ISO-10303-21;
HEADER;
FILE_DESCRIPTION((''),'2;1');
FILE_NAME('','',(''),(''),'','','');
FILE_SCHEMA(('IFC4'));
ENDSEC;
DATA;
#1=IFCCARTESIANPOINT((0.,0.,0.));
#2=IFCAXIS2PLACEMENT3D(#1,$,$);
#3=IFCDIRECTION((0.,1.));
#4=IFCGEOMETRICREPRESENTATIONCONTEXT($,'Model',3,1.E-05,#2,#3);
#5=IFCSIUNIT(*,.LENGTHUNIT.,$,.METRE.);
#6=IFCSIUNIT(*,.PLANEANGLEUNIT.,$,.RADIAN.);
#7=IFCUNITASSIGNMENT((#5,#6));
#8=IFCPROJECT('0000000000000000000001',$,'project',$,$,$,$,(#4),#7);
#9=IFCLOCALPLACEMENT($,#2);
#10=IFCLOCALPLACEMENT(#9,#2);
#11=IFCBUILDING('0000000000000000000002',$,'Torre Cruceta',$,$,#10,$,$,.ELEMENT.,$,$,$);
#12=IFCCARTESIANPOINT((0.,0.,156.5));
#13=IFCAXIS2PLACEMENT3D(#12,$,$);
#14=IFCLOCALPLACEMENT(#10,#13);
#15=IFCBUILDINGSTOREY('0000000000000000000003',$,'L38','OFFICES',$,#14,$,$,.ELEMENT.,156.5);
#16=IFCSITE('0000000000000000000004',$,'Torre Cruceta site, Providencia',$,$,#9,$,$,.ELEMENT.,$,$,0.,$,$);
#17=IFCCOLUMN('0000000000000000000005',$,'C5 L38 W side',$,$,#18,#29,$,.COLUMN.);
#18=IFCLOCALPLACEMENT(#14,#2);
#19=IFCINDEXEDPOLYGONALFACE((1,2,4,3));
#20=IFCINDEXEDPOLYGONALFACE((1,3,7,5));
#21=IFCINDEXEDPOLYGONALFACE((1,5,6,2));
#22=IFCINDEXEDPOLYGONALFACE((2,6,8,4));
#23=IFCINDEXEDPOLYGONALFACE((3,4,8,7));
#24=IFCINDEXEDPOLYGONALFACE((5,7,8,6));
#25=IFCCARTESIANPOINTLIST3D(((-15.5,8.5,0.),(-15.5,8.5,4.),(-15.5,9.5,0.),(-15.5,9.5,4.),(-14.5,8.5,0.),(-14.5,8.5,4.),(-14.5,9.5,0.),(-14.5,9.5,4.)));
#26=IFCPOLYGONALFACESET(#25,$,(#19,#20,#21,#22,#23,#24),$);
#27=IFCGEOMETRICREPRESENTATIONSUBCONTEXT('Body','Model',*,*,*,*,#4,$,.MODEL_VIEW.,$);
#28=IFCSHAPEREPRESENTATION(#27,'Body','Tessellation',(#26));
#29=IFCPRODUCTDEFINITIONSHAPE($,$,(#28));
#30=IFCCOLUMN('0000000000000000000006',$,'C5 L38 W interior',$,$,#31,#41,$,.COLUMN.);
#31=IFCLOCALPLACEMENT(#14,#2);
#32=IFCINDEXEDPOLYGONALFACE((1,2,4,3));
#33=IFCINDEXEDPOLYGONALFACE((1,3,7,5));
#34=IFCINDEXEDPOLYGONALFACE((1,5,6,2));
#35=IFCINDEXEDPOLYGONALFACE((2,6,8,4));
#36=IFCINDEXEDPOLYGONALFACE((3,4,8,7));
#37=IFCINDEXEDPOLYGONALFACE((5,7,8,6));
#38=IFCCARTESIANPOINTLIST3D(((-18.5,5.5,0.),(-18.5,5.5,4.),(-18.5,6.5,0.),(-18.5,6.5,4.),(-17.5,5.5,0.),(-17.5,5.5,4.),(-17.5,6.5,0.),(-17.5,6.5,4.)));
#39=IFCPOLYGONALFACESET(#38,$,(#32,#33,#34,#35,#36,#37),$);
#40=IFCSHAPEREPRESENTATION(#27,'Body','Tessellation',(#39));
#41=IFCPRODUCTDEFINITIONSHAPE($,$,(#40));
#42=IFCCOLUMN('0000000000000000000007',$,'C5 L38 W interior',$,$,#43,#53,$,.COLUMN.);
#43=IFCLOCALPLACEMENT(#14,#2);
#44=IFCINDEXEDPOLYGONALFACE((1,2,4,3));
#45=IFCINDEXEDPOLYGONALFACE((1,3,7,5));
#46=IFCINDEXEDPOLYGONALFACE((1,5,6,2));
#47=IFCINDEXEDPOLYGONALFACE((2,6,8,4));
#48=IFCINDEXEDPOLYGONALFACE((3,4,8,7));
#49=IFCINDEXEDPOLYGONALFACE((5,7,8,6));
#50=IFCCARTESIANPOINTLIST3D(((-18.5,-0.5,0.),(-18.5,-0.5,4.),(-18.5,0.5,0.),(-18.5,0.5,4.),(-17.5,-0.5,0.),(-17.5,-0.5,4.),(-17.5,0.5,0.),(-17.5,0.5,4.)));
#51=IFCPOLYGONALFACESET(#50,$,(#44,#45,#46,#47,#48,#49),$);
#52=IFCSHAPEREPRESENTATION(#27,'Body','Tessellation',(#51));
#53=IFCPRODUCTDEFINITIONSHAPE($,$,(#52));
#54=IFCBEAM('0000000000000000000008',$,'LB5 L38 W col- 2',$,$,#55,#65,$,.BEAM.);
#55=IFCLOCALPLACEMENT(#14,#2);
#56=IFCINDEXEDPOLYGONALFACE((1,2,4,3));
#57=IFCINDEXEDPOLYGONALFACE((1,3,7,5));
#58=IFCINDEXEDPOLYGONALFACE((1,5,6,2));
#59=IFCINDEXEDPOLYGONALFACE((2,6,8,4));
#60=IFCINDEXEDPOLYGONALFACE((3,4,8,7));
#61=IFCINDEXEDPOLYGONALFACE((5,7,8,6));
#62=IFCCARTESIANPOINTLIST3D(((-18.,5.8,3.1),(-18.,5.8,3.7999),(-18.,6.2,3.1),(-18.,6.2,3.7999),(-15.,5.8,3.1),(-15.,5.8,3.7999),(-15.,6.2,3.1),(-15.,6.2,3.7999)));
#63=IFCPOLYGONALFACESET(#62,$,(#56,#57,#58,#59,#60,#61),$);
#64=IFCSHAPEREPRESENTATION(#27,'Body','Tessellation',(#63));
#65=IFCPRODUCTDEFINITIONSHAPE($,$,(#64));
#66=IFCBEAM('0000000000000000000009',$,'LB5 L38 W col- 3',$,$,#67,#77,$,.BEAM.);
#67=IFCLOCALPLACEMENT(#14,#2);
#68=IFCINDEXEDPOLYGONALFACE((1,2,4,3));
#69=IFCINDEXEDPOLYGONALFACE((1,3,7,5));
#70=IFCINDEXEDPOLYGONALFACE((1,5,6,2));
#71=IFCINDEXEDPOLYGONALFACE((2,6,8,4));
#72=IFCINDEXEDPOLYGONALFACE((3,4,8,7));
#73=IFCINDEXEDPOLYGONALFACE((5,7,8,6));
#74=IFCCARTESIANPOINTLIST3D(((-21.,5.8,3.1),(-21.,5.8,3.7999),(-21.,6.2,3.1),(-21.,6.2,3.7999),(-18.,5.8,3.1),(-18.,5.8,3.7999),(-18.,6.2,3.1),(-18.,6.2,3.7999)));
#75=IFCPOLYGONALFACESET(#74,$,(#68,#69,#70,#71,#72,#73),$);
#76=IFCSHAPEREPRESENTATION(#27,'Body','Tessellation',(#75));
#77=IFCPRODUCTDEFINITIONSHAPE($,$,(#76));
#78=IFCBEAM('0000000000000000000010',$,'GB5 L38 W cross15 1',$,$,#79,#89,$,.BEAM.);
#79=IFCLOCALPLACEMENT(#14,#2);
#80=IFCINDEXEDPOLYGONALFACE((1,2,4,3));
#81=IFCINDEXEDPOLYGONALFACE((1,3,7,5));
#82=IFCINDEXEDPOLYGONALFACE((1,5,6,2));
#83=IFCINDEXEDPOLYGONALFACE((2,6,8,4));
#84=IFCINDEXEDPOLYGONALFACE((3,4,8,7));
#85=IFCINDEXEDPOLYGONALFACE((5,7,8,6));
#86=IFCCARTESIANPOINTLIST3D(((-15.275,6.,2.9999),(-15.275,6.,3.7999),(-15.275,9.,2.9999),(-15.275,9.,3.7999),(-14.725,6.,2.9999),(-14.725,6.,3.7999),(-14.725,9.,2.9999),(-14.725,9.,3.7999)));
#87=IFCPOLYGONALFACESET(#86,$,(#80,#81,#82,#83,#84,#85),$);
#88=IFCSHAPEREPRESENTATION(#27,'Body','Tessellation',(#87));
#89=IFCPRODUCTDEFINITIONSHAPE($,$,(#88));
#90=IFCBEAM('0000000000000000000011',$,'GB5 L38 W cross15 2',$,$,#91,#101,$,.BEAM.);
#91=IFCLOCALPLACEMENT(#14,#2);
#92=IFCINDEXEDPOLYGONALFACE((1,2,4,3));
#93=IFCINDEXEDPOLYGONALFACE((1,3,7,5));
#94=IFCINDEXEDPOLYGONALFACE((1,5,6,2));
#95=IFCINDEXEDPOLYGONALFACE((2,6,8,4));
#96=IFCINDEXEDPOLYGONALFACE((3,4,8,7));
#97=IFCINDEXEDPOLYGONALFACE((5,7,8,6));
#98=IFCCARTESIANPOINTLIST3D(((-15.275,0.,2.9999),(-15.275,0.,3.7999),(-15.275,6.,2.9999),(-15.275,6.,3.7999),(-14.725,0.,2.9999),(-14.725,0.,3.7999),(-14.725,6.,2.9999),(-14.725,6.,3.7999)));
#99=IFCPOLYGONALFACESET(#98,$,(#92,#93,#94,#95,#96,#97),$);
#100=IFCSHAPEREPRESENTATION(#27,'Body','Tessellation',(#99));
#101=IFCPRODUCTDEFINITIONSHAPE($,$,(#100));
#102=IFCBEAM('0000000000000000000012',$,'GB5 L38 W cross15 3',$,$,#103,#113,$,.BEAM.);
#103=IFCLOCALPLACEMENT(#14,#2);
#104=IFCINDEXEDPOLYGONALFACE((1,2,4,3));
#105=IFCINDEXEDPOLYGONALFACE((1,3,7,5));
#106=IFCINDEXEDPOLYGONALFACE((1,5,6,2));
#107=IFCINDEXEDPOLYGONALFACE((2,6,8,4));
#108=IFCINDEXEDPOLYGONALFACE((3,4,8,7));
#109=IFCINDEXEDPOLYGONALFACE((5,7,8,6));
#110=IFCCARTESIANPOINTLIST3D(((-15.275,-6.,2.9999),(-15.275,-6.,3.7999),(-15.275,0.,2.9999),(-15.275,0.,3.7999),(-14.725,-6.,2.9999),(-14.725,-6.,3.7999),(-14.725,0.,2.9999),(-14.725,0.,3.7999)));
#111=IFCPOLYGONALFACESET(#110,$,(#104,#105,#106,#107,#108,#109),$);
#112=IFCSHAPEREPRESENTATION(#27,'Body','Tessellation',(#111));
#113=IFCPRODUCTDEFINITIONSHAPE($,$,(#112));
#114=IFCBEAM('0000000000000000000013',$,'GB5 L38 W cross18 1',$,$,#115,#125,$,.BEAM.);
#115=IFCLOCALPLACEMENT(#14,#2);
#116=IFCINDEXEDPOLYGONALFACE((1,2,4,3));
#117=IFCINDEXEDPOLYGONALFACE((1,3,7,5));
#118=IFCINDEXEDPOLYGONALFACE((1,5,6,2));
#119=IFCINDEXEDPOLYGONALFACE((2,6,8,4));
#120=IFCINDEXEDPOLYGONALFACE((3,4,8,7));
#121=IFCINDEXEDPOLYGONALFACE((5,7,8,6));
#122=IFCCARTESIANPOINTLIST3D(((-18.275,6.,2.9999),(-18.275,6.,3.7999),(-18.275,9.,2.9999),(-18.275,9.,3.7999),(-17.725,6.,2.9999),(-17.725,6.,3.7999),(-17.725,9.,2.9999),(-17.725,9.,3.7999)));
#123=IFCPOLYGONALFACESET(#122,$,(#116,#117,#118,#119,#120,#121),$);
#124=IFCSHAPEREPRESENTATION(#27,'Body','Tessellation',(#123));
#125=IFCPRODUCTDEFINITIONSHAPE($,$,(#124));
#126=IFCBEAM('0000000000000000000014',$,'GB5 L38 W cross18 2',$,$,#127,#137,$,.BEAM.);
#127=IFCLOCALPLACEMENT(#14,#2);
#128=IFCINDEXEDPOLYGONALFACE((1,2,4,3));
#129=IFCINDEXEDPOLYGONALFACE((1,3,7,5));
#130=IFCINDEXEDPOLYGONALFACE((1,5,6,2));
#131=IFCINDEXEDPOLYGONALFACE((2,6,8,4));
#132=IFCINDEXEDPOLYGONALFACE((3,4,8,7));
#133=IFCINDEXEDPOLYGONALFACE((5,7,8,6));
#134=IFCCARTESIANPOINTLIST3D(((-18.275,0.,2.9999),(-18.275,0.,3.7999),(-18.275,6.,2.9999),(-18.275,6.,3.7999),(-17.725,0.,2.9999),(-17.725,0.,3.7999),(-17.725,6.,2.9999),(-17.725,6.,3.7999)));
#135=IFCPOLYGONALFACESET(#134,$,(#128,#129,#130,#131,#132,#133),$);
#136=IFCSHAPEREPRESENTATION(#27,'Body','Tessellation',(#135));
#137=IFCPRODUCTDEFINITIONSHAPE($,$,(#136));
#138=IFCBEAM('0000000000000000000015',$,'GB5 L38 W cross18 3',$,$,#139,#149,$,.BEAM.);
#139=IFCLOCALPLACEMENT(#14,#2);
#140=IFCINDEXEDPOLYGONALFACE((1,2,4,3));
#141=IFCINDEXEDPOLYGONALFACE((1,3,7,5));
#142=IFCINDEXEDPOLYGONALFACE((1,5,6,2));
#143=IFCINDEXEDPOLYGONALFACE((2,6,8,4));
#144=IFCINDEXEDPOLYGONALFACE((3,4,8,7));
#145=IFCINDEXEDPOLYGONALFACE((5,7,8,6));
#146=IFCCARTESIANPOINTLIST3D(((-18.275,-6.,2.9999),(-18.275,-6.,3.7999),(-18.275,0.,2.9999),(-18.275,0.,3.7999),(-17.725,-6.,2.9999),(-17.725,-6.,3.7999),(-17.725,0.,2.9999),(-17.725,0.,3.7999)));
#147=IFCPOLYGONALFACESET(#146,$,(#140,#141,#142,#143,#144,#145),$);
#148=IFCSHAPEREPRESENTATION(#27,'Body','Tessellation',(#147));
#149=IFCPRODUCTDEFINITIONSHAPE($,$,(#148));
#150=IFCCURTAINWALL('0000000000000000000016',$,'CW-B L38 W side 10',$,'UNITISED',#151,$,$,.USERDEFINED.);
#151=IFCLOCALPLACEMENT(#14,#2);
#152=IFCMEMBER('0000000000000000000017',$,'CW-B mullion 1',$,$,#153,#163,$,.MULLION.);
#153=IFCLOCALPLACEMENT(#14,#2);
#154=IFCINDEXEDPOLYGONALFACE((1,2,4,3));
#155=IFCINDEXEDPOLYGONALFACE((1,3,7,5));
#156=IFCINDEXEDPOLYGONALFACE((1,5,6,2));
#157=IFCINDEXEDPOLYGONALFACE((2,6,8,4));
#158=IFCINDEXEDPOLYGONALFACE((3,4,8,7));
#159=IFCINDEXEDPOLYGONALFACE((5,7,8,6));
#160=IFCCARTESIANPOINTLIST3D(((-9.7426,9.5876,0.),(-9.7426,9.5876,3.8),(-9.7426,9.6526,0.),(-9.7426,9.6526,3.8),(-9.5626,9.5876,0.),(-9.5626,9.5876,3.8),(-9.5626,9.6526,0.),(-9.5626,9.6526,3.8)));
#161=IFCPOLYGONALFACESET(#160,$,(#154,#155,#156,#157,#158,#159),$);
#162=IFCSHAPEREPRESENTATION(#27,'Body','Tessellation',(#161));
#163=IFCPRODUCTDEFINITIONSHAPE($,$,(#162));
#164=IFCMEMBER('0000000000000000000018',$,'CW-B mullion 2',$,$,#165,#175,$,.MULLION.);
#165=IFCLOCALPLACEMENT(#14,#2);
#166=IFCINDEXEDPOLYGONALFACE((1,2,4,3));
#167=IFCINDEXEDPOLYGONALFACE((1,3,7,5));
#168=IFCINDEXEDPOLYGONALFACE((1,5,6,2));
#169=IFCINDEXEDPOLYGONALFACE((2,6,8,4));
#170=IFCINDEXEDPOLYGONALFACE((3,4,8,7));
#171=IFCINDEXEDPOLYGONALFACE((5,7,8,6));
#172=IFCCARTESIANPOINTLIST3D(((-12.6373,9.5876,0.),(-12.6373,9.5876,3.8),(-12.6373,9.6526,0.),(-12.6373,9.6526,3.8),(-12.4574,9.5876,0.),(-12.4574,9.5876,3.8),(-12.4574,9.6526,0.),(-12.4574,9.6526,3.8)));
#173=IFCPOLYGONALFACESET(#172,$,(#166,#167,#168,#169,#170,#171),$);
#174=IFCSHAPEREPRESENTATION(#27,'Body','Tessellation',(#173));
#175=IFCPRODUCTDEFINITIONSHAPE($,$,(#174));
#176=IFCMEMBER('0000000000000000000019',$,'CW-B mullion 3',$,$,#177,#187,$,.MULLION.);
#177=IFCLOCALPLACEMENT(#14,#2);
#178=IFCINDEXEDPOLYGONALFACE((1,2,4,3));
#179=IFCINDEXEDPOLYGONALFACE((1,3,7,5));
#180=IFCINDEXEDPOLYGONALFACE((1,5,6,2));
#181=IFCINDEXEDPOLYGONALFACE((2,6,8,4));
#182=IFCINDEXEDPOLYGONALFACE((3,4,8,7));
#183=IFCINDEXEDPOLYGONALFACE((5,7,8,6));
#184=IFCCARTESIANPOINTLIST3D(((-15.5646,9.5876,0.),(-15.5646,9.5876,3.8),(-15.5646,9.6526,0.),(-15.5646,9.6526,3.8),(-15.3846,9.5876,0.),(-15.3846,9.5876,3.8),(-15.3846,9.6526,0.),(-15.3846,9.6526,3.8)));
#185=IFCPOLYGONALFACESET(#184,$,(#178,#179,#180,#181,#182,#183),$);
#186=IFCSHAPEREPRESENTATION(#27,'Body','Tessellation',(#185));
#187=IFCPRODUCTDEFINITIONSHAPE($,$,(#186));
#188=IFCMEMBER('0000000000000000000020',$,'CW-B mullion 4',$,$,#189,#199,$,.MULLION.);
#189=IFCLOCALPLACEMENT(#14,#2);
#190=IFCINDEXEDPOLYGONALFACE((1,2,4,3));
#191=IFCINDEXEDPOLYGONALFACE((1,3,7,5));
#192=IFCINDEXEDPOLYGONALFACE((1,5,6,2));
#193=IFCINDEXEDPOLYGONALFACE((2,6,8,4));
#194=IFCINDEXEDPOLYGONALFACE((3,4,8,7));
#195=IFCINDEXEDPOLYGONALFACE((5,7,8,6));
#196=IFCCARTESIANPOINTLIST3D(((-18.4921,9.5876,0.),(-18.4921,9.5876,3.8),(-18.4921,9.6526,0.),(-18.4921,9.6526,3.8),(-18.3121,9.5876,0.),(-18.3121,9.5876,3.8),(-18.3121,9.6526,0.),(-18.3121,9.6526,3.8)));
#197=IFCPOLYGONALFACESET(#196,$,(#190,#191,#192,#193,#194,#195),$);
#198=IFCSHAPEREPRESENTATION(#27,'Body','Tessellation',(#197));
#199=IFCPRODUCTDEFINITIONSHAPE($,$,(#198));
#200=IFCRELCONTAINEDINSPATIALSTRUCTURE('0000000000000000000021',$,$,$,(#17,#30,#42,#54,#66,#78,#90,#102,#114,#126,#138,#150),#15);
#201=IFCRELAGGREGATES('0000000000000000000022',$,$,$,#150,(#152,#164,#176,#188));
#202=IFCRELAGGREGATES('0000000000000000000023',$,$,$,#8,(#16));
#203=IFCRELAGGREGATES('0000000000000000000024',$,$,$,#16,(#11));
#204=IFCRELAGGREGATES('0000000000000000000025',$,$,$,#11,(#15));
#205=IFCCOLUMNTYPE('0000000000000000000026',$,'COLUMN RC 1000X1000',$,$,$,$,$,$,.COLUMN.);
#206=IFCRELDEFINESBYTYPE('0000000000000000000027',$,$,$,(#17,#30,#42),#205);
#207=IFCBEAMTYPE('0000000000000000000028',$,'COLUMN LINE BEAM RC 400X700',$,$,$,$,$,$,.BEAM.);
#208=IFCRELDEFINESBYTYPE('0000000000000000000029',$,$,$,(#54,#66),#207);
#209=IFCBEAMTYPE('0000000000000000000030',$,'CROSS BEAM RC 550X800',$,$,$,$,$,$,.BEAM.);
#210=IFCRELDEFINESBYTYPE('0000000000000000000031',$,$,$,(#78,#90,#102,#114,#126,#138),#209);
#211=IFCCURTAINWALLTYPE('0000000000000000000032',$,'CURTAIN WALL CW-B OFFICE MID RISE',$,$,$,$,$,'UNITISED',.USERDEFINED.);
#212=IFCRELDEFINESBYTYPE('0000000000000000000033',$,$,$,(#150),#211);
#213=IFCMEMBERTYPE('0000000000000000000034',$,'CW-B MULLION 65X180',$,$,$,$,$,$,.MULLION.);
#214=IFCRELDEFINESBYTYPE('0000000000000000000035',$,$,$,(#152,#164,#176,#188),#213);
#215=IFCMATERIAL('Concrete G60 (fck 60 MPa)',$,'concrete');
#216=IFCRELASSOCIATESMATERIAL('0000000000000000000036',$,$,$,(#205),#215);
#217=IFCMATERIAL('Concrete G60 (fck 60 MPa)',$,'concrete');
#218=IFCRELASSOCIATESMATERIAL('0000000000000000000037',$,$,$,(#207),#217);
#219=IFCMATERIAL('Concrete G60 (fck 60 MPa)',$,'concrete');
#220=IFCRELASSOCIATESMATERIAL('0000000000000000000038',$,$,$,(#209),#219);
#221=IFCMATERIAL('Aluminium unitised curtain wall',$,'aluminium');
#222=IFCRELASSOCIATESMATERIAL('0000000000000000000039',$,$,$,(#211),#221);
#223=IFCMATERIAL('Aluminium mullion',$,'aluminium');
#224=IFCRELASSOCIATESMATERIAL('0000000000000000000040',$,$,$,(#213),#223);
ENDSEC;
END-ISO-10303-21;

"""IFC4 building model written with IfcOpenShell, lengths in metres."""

from ifc_helpers import new_model, si_unit, direction, frame, origin, origin_2d, place, context, subcontext, project, spatial, rectangle, extrude, material, material_profile, profile_set, type_object, element, aggregate, save


model = new_model("IFC4")

# Units and contexts
model_context = context("Model", 3, precision=1e-05, world=origin(), true_north=direction((0.0, 1.0)))
body_context = subcontext(model_context, "Body", "Model", "MODEL_VIEW")
ifc_project = project(units=[si_unit("LENGTHUNIT", "METRE"), si_unit("PLANEANGLEUNIT", "RADIAN")], contexts=[model_context])

# Site, building, storey
site_placement = place(None, origin())
site = spatial("IfcSite", under=ifc_project, at=site_placement, Name="Torre Cruceta site, Providencia", CompositionType="ELEMENT", RefElevation=0.0)
building_placement = place(site_placement, origin())
building = spatial("IfcBuilding", under=site, at=building_placement, Name="Torre Cruceta", CompositionType="ELEMENT")
storey_placement = place(building_placement, frame((0.0, 0.0, 156.5)))
storey = spatial("IfcBuildingStorey", under=building, at=storey_placement, Name="L38", Description="OFFICES", CompositionType="ELEMENT", Elevation=156.5)

# Columns
ifc_material_1 = material(Name="Concrete G60 (fck 60 MPa)", Category="concrete")
ifc_material_profile_1 = material_profile(ifc_material_1, rectangle(XDim=1.0, YDim=1.0, at=origin_2d()), Name="RC 1000X1000")
ifc_profile_set_1 = profile_set([ifc_material_profile_1], Name="Concrete G60 (fck 60 MPa)")
column_type = type_object("IfcColumnType", Name="COLUMN RC 1000X1000", PredefinedType="COLUMN", material=ifc_profile_set_1)
for number, where, z_axis, x_axis, name in (
    (1, (-15.0, 9.0, 0.0), (0.0, 0.0, 1.0), (1.0, 0.0, 0.0), "C5 L38 W side"),
    (2, (-18.0, 6.0, 0.0), (0.0, 0.0, 1.0), (1.0, 0.0, 0.0), "C5 L38 W interior"),
    (3, (-18.0, 0.0, 0.0), (0.0, 0.0, 1.0), (1.0, 0.0, 0.0), "C5 L38 W interior"),
):
    element("IfcColumn", number, at=place(storey_placement, frame(where, z_axis=z_axis, x_axis=x_axis)), inside=storey, type_object=column_type, Name=name, PredefinedType="COLUMN", context=body_context, shape_type="SweptSolid", body=[
        extrude(rectangle(XDim=1.0, YDim=1.0, at=origin_2d()), origin(), (0.0, 0.0, 1.0), 4.0),
    ])

# Beams
ifc_material_2 = material(Name="Concrete G60 (fck 60 MPa)", Category="concrete")
ifc_material_profile_2 = material_profile(ifc_material_2, rectangle(XDim=0.3999, YDim=0.7, at=origin_2d()), Name="RC 400X700")
ifc_profile_set_2 = profile_set([ifc_material_profile_2], Name="Concrete G60 (fck 60 MPa)")
beam_type_1 = type_object("IfcBeamType", Name="COLUMN LINE BEAM RC 400X700", PredefinedType="BEAM", material=ifc_profile_set_2)
for number, where, z_axis, x_axis, name in (
    (4, (-15.0, 6.0, 3.45), (-1.0, 0.0, 0.0), (0.0, -1.0, 0.0), "LB5 L38 W col- 2"),
    (5, (-18.0, 6.0, 3.45), (-1.0, 0.0, 0.0), (0.0, -1.0, 0.0), "LB5 L38 W col- 3"),
):
    element("IfcBeam", number, at=place(storey_placement, frame(where, z_axis=z_axis, x_axis=x_axis)), inside=storey, type_object=beam_type_1, Name=name, PredefinedType="BEAM", context=body_context, shape_type="SweptSolid", body=[
        extrude(rectangle(XDim=0.3999, YDim=0.7, at=origin_2d()), origin(), (0.0, 0.0, 1.0), 3.0),
    ])
ifc_material_3 = material(Name="Concrete G60 (fck 60 MPa)", Category="concrete")
ifc_material_profile_3 = material_profile(ifc_material_3, rectangle(XDim=0.55, YDim=0.8, at=origin_2d()), Name="RC 550X800")
ifc_profile_set_3 = profile_set([ifc_material_profile_3], Name="Concrete G60 (fck 60 MPa)")
beam_type_2 = type_object("IfcBeamType", Name="CROSS BEAM RC 550X800", PredefinedType="BEAM", material=ifc_profile_set_3)
beam_1_placement = place(storey_placement, frame((-15.0, 9.0, 3.3999), z_axis=(0.0, -1.0, 0.0), x_axis=(1.0, 0.0, 0.0)))
element("IfcBeam", 6, at=beam_1_placement, inside=storey, type_object=beam_type_2, Name="GB5 L38 W cross15 1", PredefinedType="BEAM", context=body_context, shape_type="SweptSolid", body=[
    extrude(rectangle(XDim=0.55, YDim=0.8, at=origin_2d()), origin(), (0.0, 0.0, 1.0), 3.0),
])
for number, where, z_axis, x_axis, name in (
    (7, (-15.0, 6.0, 3.3999), (0.0, -1.0, 0.0), (1.0, 0.0, 0.0), "GB5 L38 W cross15 2"),
    (8, (-15.0, 0.0, 3.3999), (0.0, -1.0, 0.0), (1.0, 0.0, 0.0), "GB5 L38 W cross15 3"),
):
    element("IfcBeam", number, at=place(storey_placement, frame(where, z_axis=z_axis, x_axis=x_axis)), inside=storey, type_object=beam_type_2, Name=name, PredefinedType="BEAM", context=body_context, shape_type="SweptSolid", body=[
        extrude(rectangle(XDim=0.55, YDim=0.8, at=origin_2d()), origin(), (0.0, 0.0, 1.0), 6.0),
    ])
beam_2_placement = place(storey_placement, frame((-18.0, 9.0, 3.3999), z_axis=(0.0, -1.0, 0.0), x_axis=(1.0, 0.0, 0.0)))
element("IfcBeam", 9, at=beam_2_placement, inside=storey, type_object=beam_type_2, Name="GB5 L38 W cross18 1", PredefinedType="BEAM", context=body_context, shape_type="SweptSolid", body=[
    extrude(rectangle(XDim=0.55, YDim=0.8, at=origin_2d()), origin(), (0.0, 0.0, 1.0), 3.0),
])
for number, where, z_axis, x_axis, name in (
    (10, (-18.0, 6.0, 3.3999), (0.0, -1.0, 0.0), (1.0, 0.0, 0.0), "GB5 L38 W cross18 2"),
    (11, (-18.0, 0.0, 3.3999), (0.0, -1.0, 0.0), (1.0, 0.0, 0.0), "GB5 L38 W cross18 3"),
):
    element("IfcBeam", number, at=place(storey_placement, frame(where, z_axis=z_axis, x_axis=x_axis)), inside=storey, type_object=beam_type_2, Name=name, PredefinedType="BEAM", context=body_context, shape_type="SweptSolid", body=[
        extrude(rectangle(XDim=0.55, YDim=0.8, at=origin_2d()), origin(), (0.0, 0.0, 1.0), 6.0),
    ])

# Curtain wall, members
ifc_material_4 = material(Name="Aluminium unitised curtain wall", Category="aluminium")
curtain_wall_type = type_object("IfcCurtainWallType", Name="CURTAIN WALL CW-B OFFICE MID RISE", ElementType="UNITISED", PredefinedType="USERDEFINED", material=ifc_material_4)
curtain_wall_placement = place(storey_placement, origin())
curtain_wall = element("IfcCurtainWall", 12, at=curtain_wall_placement, inside=storey, type_object=curtain_wall_type, Name="CW-B L38 W side 10", ObjectType="UNITISED", PredefinedType="USERDEFINED")
ifc_material_5 = material(Name="Aluminium mullion", Category="aluminium")
ifc_material_profile_4 = material_profile(ifc_material_5, rectangle(XDim=0.0649, YDim=0.1799, at=origin_2d()), Name="AL 65X180")
ifc_profile_set_4 = profile_set([ifc_material_profile_4], Name="Aluminium mullion")
member_type_1 = type_object("IfcMemberType", Name="CW-B MULLION 65X180", PredefinedType="MULLION", material=ifc_profile_set_4)
member_1_placement = place(storey_placement, frame((-9.6526, 9.6201, 0.0), z_axis=(0.0, 0.0, 1.0), x_axis=(0.0, -1.0, 0.0)))
member_1 = element("IfcMember", 13, at=member_1_placement, type_object=member_type_1, Name="CW-B mullion 1", PredefinedType="MULLION", context=body_context, shape_type="SweptSolid", body=[
    extrude(rectangle(XDim=0.0649, YDim=0.1799, at=origin_2d()), origin(), (0.0, 0.0, 1.0), 3.8),
])
member_2_placement = place(storey_placement, frame((-12.5474, 9.6201, 0.0), z_axis=(0.0, 0.0, 1.0), x_axis=(0.0, -1.0, 0.0)))
member_2 = element("IfcMember", 14, at=member_2_placement, type_object=member_type_1, Name="CW-B mullion 2", PredefinedType="MULLION", context=body_context, shape_type="SweptSolid", body=[
    extrude(rectangle(XDim=0.0649, YDim=0.1799, at=origin_2d()), origin(), (0.0, 0.0, 1.0), 3.8),
])
member_3_placement = place(storey_placement, frame((-15.4746, 9.6201, 0.0), z_axis=(0.0, 0.0, 1.0), x_axis=(0.0, -1.0, 0.0)))
member_3 = element("IfcMember", 15, at=member_3_placement, type_object=member_type_1, Name="CW-B mullion 3", PredefinedType="MULLION", context=body_context, shape_type="SweptSolid", body=[
    extrude(rectangle(XDim=0.0649, YDim=0.1799, at=origin_2d()), origin(), (0.0, 0.0, 1.0), 3.8),
])
member_4_placement = place(storey_placement, frame((-18.4021, 9.6201, 0.0), z_axis=(0.0, 0.0, 1.0), x_axis=(0.0, -1.0, 0.0)))
member_4 = element("IfcMember", 16, at=member_4_placement, type_object=member_type_1, Name="CW-B mullion 4", PredefinedType="MULLION", context=body_context, shape_type="SweptSolid", body=[
    extrude(rectangle(XDim=0.0649, YDim=0.1799, at=origin_2d()), origin(), (0.0, 0.0, 1.0), 3.8),
])

aggregate(curtain_wall, [member_1, member_2, member_3, member_4])

save(model, "model.ifc")
